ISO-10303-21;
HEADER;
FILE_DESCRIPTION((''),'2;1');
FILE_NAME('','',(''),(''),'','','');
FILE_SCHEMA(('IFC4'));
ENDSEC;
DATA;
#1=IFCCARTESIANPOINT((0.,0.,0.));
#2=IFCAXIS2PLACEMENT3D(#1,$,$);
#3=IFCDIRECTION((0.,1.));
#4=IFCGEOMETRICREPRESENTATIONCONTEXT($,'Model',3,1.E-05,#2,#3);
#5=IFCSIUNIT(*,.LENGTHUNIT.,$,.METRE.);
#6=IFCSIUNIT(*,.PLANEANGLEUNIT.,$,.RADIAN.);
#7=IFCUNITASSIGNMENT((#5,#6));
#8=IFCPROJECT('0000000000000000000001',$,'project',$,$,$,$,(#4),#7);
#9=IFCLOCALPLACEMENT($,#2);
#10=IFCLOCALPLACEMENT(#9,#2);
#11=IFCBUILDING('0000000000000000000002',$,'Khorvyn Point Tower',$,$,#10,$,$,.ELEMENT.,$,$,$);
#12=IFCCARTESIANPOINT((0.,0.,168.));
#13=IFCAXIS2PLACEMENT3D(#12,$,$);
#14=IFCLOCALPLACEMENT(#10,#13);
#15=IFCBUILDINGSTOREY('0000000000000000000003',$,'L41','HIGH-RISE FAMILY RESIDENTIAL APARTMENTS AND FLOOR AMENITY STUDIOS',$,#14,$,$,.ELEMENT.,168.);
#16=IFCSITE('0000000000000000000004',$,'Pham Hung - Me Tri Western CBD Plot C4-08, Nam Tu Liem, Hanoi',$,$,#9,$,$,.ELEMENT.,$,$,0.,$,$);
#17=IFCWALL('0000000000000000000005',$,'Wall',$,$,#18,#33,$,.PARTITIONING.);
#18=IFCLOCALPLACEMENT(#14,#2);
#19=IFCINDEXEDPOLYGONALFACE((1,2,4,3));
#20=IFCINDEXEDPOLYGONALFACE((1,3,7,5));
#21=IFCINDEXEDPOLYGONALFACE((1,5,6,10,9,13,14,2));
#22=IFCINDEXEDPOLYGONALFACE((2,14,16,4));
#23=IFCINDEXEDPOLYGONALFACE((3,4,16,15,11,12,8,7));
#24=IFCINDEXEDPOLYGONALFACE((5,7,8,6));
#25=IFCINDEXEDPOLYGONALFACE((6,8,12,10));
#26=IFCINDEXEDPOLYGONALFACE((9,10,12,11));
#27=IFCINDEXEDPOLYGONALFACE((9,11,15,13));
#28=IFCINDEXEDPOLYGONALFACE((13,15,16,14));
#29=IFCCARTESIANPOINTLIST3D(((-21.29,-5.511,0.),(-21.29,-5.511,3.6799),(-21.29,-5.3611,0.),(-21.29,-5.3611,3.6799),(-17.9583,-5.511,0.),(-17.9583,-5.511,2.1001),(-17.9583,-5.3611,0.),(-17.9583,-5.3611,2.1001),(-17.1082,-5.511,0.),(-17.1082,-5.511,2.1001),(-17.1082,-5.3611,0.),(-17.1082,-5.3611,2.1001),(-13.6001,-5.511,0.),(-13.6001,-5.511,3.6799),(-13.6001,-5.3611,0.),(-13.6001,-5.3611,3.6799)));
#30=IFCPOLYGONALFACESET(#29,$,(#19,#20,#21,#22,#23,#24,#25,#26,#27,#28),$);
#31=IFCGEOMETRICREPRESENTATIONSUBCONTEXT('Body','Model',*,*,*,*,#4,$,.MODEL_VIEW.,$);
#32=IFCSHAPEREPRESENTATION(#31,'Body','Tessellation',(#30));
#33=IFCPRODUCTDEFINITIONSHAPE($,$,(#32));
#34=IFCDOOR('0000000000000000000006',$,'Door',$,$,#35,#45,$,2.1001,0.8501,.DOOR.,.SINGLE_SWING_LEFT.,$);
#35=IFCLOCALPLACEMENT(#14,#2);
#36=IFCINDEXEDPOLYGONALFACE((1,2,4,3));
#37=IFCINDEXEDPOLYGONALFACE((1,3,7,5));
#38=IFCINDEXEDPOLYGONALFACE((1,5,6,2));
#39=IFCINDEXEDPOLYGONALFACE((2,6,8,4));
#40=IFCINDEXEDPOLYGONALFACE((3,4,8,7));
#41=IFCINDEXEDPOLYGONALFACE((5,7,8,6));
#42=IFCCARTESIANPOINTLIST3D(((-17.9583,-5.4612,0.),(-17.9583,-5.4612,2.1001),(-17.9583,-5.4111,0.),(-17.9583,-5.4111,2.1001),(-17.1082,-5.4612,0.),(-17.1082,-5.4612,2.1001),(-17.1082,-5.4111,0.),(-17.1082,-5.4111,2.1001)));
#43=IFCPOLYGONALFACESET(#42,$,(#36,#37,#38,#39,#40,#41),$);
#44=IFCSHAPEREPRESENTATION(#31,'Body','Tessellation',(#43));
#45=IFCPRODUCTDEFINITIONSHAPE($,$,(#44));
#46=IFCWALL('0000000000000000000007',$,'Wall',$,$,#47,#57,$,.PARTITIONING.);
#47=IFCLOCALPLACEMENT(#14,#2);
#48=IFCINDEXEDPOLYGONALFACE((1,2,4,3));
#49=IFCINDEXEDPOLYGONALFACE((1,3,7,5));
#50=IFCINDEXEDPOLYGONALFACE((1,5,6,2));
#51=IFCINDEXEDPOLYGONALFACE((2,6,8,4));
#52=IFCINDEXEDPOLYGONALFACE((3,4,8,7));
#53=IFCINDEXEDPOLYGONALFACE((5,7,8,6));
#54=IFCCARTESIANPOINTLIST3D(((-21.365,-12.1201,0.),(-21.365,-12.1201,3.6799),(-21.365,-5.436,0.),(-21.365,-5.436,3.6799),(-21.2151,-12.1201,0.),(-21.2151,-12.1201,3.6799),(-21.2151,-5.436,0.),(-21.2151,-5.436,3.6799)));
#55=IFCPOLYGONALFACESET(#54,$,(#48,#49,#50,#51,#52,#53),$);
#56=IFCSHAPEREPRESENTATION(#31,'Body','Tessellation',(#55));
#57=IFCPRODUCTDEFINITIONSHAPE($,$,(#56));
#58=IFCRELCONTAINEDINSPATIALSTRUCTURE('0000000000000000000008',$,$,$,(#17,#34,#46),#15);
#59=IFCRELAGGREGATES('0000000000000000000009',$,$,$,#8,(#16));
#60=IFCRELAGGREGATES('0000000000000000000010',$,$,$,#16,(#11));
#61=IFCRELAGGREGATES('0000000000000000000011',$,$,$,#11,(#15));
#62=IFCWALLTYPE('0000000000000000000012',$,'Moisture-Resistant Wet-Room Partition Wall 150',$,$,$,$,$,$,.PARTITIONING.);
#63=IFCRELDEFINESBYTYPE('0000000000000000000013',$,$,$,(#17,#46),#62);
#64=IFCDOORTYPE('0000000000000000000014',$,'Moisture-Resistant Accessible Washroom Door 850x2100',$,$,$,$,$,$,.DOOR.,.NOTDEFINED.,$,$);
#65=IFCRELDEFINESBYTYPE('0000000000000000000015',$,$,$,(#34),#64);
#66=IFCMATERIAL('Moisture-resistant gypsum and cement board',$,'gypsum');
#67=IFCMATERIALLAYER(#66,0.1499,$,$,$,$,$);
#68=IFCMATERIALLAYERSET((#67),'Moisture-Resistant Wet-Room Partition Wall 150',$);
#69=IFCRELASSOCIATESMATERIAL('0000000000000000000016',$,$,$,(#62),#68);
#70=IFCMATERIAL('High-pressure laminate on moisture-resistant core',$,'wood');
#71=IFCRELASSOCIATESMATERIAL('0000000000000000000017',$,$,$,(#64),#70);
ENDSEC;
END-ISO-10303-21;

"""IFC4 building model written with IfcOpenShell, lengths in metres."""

from ifc_helpers import new_model, si_unit, direction, frame, frame_2d, origin, place, context, subcontext, project, spatial, rectangle, extrude, material, layer, layer_set, type_object, element, fill, save


model = new_model("IFC4")

# Units and contexts
model_context = context("Model", 3, precision=1e-05, world=origin(), true_north=direction((0.0, 1.0)))
body_context = subcontext(model_context, "Body", "Model", "MODEL_VIEW")
ifc_project = project(units=[si_unit("LENGTHUNIT", "METRE"), si_unit("PLANEANGLEUNIT", "RADIAN")], contexts=[model_context])

# Site, building, storey
site_placement = place(None, origin())
site = spatial("IfcSite", under=ifc_project, at=site_placement, Name="Pham Hung - Me Tri Western CBD Plot C4-08, Nam Tu Liem, Hanoi", CompositionType="ELEMENT", RefElevation=0.0)
building_placement = place(site_placement, origin())
building = spatial("IfcBuilding", under=site, at=building_placement, Name="Khorvyn Point Tower", CompositionType="ELEMENT")
storey_placement = place(building_placement, frame((0.0, 0.0, 168.0)))
storey = spatial("IfcBuildingStorey", under=building, at=storey_placement, Name="L41", Description="HIGH-RISE FAMILY RESIDENTIAL APARTMENTS AND FLOOR AMENITY STUDIOS", CompositionType="ELEMENT", Elevation=168.0)

# Wall, opening, door
ifc_material_1 = material(Name="Moisture-resistant gypsum and cement board", Category="gypsum")
ifc_layer_1 = layer(ifc_material_1, 0.1499)
ifc_layer_set_1 = layer_set([ifc_layer_1], Name="Moisture-Resistant Wet-Room Partition Wall 150")
wall_type_1 = type_object("IfcWallType", Name="Moisture-Resistant Wet-Room Partition Wall 150", PredefinedType="PARTITIONING", material=ifc_layer_set_1)
ifc_material_2 = material(Name="High-pressure laminate on moisture-resistant core", Category="wood")
door_type_1 = type_object("IfcDoorType", Name="Moisture-Resistant Accessible Washroom Door 850x2100", OperationType="NOTDEFINED", PredefinedType="DOOR", material=ifc_material_2)
wall_1_placement = place(storey_placement, frame((-21.29, -5.436, 0.0), z_axis=(0.0, 0.0, 1.0), x_axis=(1.0, 0.0, 0.0)))
wall_1 = element("IfcWall", 1, at=wall_1_placement, inside=storey, type_object=wall_type_1, Name="Wall", PredefinedType="PARTITIONING", context=body_context, shape_type="SweptSolid", body=[
    extrude(rectangle(XDim=7.6899, YDim=0.1499, at=frame_2d((3.845, 0.0))), origin(), (0.0, 0.0, 1.0), 3.6799),
])
opening_1_placement = place(wall_1_placement, frame((3.3318, 0.0, 0.0)))
opening_1 = element("IfcOpeningElement", 2, at=opening_1_placement, cuts=wall_1, PredefinedType="OPENING", context=body_context, shape_type="SweptSolid", body=[
    extrude(rectangle(XDim=0.8501, YDim=2.1001, at=frame_2d((0.425, 1.05))), frame((0.0, 0.085, 0.0), z_axis=(0.0, -1.0, 0.0), x_axis=(1.0, 0.0, 0.0)), (0.0, 0.0, 1.0), 0.1699),
])
door_1_placement = place(opening_1_placement, origin())
door_1 = element("IfcDoor", 3, at=door_1_placement, inside=storey, type_object=door_type_1, Name="Door", OperationType="SINGLE_SWING_LEFT", OverallHeight=2.1001, OverallWidth=0.8501, PredefinedType="DOOR", context=body_context, shape_type="SweptSolid", body=[
    extrude(rectangle(XDim=0.8501, YDim=2.1001, at=frame_2d((0.425, 1.05))), frame((0.0, 0.0249, 0.0), z_axis=(0.0, -1.0, 0.0), x_axis=(1.0, 0.0, 0.0)), (0.0, 0.0, 1.0), 0.05),
])
fill(opening_1, door_1)

# Wall
wall_2_placement = place(storey_placement, frame((-21.29, -12.1201, 0.0), z_axis=(0.0, 0.0, 1.0), x_axis=(0.0, 1.0, 0.0)))
element("IfcWall", 4, at=wall_2_placement, inside=storey, type_object=wall_type_1, Name="Wall", PredefinedType="PARTITIONING", context=body_context, shape_type="SweptSolid", body=[
    extrude(rectangle(XDim=6.6841, YDim=0.1499, at=frame_2d((3.342, 0.0))), origin(), (0.0, 0.0, 1.0), 3.6799),
])

save(model, "model.ifc")
